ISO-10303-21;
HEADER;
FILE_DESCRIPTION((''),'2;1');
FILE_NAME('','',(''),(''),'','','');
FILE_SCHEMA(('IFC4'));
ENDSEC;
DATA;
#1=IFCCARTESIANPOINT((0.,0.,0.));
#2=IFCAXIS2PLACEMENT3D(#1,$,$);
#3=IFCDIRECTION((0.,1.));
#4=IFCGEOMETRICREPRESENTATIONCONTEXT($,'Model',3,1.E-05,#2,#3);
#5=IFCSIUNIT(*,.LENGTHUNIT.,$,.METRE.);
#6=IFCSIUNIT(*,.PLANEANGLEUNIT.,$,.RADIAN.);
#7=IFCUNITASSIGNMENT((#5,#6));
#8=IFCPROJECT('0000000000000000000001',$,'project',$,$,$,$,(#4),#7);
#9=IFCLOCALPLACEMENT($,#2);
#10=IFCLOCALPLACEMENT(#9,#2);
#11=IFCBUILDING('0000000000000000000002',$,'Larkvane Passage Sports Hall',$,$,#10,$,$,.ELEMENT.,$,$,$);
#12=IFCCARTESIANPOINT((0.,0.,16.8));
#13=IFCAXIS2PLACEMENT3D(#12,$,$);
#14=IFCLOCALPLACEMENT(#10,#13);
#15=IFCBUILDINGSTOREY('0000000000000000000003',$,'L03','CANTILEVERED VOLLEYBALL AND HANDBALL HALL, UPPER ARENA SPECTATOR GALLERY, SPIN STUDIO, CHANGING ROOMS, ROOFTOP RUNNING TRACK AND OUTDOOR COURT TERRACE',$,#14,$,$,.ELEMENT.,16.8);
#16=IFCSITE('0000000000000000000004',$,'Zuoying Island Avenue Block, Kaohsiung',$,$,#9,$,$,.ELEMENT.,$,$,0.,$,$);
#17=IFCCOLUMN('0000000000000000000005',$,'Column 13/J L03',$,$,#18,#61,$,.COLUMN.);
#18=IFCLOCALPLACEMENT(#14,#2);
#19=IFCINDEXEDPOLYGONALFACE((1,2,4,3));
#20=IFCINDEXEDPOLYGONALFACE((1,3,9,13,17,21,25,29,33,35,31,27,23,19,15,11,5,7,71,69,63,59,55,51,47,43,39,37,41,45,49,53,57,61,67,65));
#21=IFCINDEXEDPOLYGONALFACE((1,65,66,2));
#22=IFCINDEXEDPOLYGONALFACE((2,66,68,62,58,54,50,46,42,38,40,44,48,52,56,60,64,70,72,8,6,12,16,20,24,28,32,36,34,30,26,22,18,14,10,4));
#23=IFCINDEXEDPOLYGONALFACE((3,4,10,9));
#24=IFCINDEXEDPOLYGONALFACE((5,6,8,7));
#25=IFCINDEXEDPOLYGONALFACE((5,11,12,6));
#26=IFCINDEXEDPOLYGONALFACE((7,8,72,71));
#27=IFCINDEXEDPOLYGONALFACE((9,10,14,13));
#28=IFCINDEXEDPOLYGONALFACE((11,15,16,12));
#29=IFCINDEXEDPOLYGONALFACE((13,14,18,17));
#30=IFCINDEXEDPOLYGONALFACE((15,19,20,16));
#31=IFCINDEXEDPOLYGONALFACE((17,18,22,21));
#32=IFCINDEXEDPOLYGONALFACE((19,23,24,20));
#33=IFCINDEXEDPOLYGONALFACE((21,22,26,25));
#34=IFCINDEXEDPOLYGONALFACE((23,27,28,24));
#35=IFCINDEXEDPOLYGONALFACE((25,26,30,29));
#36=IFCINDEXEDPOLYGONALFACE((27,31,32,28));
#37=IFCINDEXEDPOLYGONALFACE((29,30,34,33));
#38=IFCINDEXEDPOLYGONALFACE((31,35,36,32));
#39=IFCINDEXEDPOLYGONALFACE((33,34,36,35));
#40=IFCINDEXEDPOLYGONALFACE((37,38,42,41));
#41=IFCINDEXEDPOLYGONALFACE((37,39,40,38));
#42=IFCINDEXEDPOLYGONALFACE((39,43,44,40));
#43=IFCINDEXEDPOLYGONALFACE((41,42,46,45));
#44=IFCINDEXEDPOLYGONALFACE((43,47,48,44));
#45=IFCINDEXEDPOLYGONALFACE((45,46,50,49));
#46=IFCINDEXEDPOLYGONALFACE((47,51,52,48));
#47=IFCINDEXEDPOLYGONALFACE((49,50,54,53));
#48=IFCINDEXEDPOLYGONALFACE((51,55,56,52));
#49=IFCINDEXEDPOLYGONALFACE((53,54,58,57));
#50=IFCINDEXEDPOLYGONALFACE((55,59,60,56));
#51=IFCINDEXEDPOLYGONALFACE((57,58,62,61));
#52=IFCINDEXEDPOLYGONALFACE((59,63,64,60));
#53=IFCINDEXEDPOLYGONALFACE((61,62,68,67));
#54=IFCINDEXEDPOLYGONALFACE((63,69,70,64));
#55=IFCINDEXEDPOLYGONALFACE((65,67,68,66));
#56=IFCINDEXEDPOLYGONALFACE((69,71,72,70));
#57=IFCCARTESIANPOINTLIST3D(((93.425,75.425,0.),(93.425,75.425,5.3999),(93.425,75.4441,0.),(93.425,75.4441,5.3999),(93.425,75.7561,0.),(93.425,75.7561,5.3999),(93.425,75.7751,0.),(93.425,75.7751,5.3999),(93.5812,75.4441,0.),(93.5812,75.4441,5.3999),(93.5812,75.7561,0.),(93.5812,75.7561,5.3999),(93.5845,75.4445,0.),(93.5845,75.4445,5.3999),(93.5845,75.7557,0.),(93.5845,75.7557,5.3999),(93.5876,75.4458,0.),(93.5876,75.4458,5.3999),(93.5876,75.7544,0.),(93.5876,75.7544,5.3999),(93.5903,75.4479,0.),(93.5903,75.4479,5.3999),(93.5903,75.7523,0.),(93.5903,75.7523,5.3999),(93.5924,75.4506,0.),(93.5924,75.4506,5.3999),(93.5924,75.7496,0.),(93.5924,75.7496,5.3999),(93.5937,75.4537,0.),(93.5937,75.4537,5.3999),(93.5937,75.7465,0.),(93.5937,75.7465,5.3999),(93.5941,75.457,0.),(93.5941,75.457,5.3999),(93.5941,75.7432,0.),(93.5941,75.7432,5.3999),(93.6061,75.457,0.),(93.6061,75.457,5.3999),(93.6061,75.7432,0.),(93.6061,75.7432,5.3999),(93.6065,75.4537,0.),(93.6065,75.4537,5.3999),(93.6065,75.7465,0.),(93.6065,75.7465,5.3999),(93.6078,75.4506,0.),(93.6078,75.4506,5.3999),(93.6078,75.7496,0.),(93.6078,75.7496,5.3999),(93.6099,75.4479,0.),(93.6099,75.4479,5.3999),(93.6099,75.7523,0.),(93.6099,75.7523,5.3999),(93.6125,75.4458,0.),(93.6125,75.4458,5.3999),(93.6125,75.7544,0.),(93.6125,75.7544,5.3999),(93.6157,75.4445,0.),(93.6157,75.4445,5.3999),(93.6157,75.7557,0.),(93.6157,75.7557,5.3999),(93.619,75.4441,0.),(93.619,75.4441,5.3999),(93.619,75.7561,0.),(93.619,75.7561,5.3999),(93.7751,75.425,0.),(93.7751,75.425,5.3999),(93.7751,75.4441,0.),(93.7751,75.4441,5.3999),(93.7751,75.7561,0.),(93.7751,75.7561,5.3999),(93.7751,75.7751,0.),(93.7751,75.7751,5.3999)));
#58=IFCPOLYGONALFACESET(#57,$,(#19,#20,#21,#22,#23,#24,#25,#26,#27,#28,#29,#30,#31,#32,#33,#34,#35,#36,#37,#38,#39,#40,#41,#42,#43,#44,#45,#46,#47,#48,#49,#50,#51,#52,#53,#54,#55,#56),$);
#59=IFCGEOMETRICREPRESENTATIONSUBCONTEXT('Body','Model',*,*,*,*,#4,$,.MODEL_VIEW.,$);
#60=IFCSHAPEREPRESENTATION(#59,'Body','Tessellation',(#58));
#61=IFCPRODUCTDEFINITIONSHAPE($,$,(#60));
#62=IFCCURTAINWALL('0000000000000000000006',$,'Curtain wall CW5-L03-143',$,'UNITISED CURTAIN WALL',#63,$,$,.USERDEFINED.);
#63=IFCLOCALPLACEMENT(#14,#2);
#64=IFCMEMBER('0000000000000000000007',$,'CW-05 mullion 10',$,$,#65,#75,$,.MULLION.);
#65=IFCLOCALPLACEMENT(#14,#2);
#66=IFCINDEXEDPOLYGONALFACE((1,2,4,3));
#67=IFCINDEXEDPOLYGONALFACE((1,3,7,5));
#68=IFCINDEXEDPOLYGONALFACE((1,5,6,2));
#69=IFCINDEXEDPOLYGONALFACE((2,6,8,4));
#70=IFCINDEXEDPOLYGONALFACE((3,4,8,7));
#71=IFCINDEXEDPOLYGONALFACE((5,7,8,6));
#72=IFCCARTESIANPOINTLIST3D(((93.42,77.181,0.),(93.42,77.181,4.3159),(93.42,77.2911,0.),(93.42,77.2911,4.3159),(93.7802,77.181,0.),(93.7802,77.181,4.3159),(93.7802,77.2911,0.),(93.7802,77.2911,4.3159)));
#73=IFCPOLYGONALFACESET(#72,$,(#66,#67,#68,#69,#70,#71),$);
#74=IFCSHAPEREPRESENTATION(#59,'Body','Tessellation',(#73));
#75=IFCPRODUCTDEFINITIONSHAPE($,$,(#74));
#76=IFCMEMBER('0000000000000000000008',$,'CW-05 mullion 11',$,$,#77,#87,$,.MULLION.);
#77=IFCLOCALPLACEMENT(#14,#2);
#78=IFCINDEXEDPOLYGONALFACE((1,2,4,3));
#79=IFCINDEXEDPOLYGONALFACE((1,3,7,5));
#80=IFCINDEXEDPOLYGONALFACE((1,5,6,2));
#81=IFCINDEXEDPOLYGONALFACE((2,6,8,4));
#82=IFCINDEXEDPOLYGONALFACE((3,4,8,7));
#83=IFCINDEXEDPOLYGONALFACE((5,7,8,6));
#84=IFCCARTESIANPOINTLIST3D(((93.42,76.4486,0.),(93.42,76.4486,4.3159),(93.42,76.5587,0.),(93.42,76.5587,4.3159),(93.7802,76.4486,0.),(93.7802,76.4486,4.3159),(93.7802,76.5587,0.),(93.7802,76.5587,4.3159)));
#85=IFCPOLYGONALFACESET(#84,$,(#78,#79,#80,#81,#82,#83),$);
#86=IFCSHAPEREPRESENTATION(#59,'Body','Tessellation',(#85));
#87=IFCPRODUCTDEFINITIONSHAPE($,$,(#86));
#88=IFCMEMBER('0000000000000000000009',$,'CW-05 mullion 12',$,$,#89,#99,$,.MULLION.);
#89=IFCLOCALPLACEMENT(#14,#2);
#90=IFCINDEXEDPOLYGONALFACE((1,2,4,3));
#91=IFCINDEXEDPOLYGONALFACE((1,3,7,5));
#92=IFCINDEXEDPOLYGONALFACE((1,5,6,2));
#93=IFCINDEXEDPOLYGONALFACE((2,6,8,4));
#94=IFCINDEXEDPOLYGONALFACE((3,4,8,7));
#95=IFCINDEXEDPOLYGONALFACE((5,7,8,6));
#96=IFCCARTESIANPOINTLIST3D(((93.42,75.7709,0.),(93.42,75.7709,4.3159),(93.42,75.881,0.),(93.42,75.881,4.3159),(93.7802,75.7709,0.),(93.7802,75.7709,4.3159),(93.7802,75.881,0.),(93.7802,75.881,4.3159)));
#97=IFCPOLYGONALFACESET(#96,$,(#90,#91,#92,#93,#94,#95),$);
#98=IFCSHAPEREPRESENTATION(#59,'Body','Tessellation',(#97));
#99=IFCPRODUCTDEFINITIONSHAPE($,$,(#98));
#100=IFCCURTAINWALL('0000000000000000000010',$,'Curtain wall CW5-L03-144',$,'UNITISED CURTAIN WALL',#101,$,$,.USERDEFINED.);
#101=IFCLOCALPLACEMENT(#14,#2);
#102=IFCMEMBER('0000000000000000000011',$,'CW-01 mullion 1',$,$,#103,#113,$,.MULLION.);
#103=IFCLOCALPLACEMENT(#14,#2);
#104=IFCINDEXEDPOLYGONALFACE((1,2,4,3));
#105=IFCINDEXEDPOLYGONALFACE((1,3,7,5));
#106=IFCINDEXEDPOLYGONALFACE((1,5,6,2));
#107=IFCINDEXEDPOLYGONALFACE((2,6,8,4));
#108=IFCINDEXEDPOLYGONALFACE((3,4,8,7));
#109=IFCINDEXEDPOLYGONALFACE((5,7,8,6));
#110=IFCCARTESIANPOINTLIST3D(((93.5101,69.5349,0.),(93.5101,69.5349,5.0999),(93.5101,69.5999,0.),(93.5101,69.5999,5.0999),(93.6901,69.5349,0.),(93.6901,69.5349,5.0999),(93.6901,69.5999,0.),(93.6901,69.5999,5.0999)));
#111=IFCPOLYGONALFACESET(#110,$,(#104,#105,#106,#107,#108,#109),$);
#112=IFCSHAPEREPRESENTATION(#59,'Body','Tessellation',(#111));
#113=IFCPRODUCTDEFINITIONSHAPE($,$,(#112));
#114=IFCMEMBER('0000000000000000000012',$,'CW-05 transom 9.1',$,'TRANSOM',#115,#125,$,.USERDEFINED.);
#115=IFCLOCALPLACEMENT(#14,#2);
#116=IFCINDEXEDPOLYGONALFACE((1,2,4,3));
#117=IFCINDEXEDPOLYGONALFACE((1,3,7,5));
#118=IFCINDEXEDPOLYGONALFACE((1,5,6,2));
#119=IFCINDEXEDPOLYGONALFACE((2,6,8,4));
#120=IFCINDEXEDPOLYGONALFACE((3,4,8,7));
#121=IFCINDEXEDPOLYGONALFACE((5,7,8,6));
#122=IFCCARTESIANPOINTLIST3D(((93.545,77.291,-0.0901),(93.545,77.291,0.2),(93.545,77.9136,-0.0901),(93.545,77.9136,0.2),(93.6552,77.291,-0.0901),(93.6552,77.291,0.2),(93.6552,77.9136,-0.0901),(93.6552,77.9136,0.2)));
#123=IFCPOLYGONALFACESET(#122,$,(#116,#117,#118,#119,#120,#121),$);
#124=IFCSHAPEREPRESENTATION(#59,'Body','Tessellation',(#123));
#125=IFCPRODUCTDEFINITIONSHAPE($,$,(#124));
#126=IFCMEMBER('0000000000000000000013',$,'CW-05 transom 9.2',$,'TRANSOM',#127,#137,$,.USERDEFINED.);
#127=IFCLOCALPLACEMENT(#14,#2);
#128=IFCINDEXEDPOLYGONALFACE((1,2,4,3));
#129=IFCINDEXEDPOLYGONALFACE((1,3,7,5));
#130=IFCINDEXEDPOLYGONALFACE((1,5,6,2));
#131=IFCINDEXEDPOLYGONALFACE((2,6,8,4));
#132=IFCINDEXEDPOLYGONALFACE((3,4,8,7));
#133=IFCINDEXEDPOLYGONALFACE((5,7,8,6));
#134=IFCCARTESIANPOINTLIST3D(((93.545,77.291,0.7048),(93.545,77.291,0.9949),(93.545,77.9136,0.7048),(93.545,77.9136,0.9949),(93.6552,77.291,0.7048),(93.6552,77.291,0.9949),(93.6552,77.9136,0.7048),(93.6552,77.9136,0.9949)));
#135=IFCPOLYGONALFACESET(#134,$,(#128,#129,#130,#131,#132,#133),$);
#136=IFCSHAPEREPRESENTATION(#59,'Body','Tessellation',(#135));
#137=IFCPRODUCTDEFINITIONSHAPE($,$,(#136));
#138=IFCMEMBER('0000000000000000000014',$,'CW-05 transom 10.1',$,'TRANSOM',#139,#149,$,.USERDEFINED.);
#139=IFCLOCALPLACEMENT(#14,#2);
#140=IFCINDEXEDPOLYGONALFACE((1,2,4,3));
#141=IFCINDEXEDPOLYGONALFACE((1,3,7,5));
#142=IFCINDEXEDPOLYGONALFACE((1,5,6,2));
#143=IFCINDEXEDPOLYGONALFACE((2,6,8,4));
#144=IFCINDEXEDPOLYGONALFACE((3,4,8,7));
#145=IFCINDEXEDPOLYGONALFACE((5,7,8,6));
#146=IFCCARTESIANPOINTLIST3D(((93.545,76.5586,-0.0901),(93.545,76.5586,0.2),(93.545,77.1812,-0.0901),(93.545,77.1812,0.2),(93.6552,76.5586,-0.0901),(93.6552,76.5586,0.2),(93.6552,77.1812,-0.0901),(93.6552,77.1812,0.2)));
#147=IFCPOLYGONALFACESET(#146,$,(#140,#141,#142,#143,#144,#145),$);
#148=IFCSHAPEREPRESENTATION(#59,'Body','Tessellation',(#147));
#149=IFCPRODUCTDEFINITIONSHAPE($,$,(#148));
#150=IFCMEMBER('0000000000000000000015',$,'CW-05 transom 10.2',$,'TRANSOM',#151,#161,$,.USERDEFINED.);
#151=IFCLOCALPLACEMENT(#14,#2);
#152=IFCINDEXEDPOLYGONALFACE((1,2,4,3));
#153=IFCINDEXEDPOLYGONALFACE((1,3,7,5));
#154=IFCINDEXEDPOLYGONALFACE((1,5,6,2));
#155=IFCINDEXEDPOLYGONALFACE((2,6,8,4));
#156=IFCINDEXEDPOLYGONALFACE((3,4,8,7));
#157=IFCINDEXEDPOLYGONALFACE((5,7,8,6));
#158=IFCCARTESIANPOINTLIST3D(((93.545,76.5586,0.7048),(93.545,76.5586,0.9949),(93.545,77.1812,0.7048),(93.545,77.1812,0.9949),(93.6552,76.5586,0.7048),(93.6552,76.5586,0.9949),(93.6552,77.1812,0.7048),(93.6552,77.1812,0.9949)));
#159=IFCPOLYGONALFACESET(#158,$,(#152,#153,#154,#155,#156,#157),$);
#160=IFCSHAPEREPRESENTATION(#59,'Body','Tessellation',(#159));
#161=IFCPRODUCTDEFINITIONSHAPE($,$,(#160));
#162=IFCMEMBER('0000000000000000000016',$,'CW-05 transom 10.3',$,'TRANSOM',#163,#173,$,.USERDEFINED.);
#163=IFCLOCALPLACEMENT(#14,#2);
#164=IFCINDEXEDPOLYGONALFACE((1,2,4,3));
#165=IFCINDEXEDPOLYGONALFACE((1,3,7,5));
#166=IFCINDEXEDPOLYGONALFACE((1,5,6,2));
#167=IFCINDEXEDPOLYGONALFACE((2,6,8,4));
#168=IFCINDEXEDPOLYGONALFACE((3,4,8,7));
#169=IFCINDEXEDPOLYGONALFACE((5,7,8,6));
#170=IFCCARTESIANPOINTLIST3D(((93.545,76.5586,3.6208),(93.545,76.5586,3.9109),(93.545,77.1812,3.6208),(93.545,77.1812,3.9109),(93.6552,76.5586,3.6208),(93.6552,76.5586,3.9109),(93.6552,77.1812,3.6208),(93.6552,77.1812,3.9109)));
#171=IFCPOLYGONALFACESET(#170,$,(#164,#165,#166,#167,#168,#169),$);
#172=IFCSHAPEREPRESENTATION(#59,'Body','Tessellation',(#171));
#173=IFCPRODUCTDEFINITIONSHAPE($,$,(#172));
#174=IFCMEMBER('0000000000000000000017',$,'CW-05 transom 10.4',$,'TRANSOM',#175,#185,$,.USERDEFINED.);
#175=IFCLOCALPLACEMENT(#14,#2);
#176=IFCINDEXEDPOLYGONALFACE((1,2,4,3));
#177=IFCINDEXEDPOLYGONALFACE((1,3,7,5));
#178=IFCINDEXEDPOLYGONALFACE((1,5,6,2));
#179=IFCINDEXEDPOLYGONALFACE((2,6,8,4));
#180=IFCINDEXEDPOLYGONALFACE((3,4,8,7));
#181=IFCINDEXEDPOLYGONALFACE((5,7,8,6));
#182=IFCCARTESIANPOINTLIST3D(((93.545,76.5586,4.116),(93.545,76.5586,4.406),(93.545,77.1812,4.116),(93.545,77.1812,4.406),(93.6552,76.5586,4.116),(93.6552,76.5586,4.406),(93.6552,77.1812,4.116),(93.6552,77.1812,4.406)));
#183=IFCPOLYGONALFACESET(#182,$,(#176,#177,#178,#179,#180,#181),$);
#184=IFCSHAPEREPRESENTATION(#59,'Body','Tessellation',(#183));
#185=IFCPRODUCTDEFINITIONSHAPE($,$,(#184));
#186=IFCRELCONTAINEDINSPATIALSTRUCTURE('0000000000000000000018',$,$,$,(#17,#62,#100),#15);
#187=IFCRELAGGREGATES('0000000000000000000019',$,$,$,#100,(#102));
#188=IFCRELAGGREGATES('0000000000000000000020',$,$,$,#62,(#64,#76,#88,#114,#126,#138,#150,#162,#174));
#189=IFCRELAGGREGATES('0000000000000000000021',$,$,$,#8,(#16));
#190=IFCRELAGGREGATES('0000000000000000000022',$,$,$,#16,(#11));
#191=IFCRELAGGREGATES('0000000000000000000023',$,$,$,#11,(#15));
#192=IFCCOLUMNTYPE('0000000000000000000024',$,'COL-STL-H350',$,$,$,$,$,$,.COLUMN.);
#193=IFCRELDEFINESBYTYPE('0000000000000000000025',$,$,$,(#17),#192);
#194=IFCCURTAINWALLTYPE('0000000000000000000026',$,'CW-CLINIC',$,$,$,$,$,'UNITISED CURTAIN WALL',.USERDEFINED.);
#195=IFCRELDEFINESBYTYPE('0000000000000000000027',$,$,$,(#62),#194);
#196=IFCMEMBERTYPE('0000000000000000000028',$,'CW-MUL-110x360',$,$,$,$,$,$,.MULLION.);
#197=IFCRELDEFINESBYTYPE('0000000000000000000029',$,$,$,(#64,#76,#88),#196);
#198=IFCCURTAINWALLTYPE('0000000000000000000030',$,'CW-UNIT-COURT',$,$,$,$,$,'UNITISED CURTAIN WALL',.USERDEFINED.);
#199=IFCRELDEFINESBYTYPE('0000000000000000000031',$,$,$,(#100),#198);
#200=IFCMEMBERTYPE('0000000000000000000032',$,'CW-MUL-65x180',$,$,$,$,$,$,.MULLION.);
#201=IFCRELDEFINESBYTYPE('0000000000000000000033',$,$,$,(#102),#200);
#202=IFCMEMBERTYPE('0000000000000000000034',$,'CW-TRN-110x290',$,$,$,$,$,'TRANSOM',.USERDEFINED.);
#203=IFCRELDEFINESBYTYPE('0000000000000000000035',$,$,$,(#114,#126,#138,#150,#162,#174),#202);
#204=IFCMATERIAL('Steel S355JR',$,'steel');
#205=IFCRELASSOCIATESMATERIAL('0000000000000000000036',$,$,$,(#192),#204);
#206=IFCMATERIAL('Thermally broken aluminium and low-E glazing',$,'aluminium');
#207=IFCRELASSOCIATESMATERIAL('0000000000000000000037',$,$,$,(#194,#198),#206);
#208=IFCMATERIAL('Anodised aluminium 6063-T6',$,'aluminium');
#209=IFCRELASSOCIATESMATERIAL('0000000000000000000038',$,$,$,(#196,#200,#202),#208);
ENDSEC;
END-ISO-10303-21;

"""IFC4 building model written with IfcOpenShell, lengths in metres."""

from ifc_helpers import new_model, si_unit, direction, frame, origin, origin_2d, place, context, subcontext, project, spatial, rectangle, i_section, extrude, material, material_profile, profile_set, type_object, element, aggregate, save


model = new_model("IFC4")

# Units and contexts
model_context = context("Model", 3, precision=1e-05, world=origin(), true_north=direction((0.0, 1.0)))
body_context = subcontext(model_context, "Body", "Model", "MODEL_VIEW")
ifc_project = project(units=[si_unit("LENGTHUNIT", "METRE"), si_unit("PLANEANGLEUNIT", "RADIAN")], contexts=[model_context])

# Site, building, storey
site_placement = place(None, origin())
site = spatial("IfcSite", under=ifc_project, at=site_placement, Name="Zuoying Island Avenue Block, Kaohsiung", CompositionType="ELEMENT", RefElevation=0.0)
building_placement = place(site_placement, origin())
building = spatial("IfcBuilding", under=site, at=building_placement, Name="Larkvane Passage Sports Hall", CompositionType="ELEMENT")
storey_placement = place(building_placement, frame((0.0, 0.0, 16.8)))
storey = spatial("IfcBuildingStorey", under=building, at=storey_placement, Name="L03", Description="CANTILEVERED VOLLEYBALL AND HANDBALL HALL, UPPER ARENA SPECTATOR GALLERY, SPIN STUDIO, CHANGING ROOMS, ROOFTOP RUNNING TRACK AND OUTDOOR COURT TERRACE", CompositionType="ELEMENT", Elevation=16.8)

# Column
ifc_material_1 = material(Name="Steel S355JR", Category="steel")
ifc_material_profile_1 = material_profile(ifc_material_1, i_section(OverallWidth=0.3501, OverallDepth=0.3501, WebThickness=0.012, FlangeThickness=0.019, FilletRadius=0.0129, at=origin_2d()), Name="H-350x350x12x19")
ifc_profile_set_1 = profile_set([ifc_material_profile_1], Name="Steel S355JR")
column_type = type_object("IfcColumnType", Name="COL-STL-H350", PredefinedType="COLUMN", material=ifc_profile_set_1)
column_placement = place(storey_placement, frame((93.6001, 75.6001, 0.0), z_axis=(0.0, 0.0, 1.0), x_axis=(1.0, 0.0, 0.0)))
element("IfcColumn", 1, at=column_placement, inside=storey, type_object=column_type, Name="Column 13/J L03", PredefinedType="COLUMN", context=body_context, shape_type="SweptSolid", body=[
    extrude(i_section(OverallWidth=0.3501, OverallDepth=0.3501, WebThickness=0.012, FlangeThickness=0.019, FilletRadius=0.0129, at=origin_2d()), origin(), (0.0, 0.0, 1.0), 5.3999),
])

# Curtain wall, members
ifc_material_2 = material(Name="Thermally broken aluminium and low-E glazing", Category="aluminium")
curtain_wall_type_1 = type_object("IfcCurtainWallType", Name="CW-CLINIC", ElementType="UNITISED CURTAIN WALL", PredefinedType="USERDEFINED", material=ifc_material_2)
curtain_wall_1_placement = place(storey_placement, origin())
curtain_wall_1 = element("IfcCurtainWall", 2, at=curtain_wall_1_placement, inside=storey, type_object=curtain_wall_type_1, Name="Curtain wall CW5-L03-143", ObjectType="UNITISED CURTAIN WALL", PredefinedType="USERDEFINED")
ifc_material_3 = material(Name="Anodised aluminium 6063-T6", Category="aluminium")
ifc_material_profile_2 = material_profile(ifc_material_3, rectangle(XDim=0.1101, YDim=0.3601, at=origin_2d()), Name="ALU-MUL-110x360")
ifc_profile_set_2 = profile_set([ifc_material_profile_2], Name="Anodised aluminium 6063-T6")
member_type_1 = type_object("IfcMemberType", Name="CW-MUL-110x360", PredefinedType="MULLION", material=ifc_profile_set_2)
member_1_placement = place(storey_placement, frame((93.6001, 77.2361, 0.0), z_axis=(0.0, 0.0, 1.0), x_axis=(0.0, -1.0, 0.0)))
member_1 = element("IfcMember", 3, at=member_1_placement, type_object=member_type_1, Name="CW-05 mullion 10", PredefinedType="MULLION", context=body_context, shape_type="SweptSolid", body=[
    extrude(rectangle(XDim=0.1101, YDim=0.3601, at=origin_2d()), origin(), (0.0, 0.0, 1.0), 4.3159),
])
member_2_placement = place(storey_placement, frame((93.6001, 76.5037, 0.0), z_axis=(0.0, 0.0, 1.0), x_axis=(0.0, -1.0, 0.0)))
member_2 = element("IfcMember", 4, at=member_2_placement, type_object=member_type_1, Name="CW-05 mullion 11", PredefinedType="MULLION", context=body_context, shape_type="SweptSolid", body=[
    extrude(rectangle(XDim=0.1101, YDim=0.3601, at=origin_2d()), origin(), (0.0, 0.0, 1.0), 4.3159),
])
member_3_placement = place(storey_placement, frame((93.6001, 75.8259, 0.0), z_axis=(0.0, 0.0, 1.0), x_axis=(0.0, -1.0, 0.0)))
member_3 = element("IfcMember", 5, at=member_3_placement, type_object=member_type_1, Name="CW-05 mullion 12", PredefinedType="MULLION", context=body_context, shape_type="SweptSolid", body=[
    extrude(rectangle(XDim=0.1101, YDim=0.3601, at=origin_2d()), origin(), (0.0, 0.0, 1.0), 4.3159),
])

# Curtain wall, member
curtain_wall_type_2 = type_object("IfcCurtainWallType", Name="CW-UNIT-COURT", ElementType="UNITISED CURTAIN WALL", PredefinedType="USERDEFINED", material=ifc_material_2)
curtain_wall_2_placement = place(storey_placement, origin())
curtain_wall_2 = element("IfcCurtainWall", 6, at=curtain_wall_2_placement, inside=storey, type_object=curtain_wall_type_2, Name="Curtain wall CW5-L03-144", ObjectType="UNITISED CURTAIN WALL", PredefinedType="USERDEFINED")
ifc_material_profile_3 = material_profile(ifc_material_3, rectangle(XDim=0.0649, YDim=0.1799, at=origin_2d()), Name="ALU-MUL-65x180")
ifc_profile_set_3 = profile_set([ifc_material_profile_3], Name="Anodised aluminium 6063-T6")
member_type_2 = type_object("IfcMemberType", Name="CW-MUL-65x180", PredefinedType="MULLION", material=ifc_profile_set_3)
member_4_placement = place(storey_placement, frame((93.6001, 69.5674, 0.0), z_axis=(0.0, 0.0, 1.0), x_axis=(0.0, -1.0, 0.0)))
member_4 = element("IfcMember", 7, at=member_4_placement, type_object=member_type_2, Name="CW-01 mullion 1", PredefinedType="MULLION", context=body_context, shape_type="SweptSolid", body=[
    extrude(rectangle(XDim=0.0649, YDim=0.1799, at=origin_2d()), origin(), (0.0, 0.0, 1.0), 5.0999),
])

# Members
ifc_material_profile_4 = material_profile(ifc_material_3, rectangle(XDim=0.1101, YDim=0.29, at=origin_2d()), Name="ALU-TRN-110x290")
ifc_profile_set_4 = profile_set([ifc_material_profile_4], Name="Anodised aluminium 6063-T6")
member_type_3 = type_object("IfcMemberType", Name="CW-TRN-110x290", ElementType="TRANSOM", PredefinedType="USERDEFINED", material=ifc_profile_set_4)
member_5_placement = place(storey_placement, frame((93.6001, 77.9136, 0.0549), z_axis=(0.0, -1.0, 0.0), x_axis=(1.0, 0.0, 0.0)))
member_5 = element("IfcMember", 8, at=member_5_placement, type_object=member_type_3, Name="CW-05 transom 9.1", ObjectType="TRANSOM", PredefinedType="USERDEFINED", context=body_context, shape_type="SweptSolid", body=[
    extrude(rectangle(XDim=0.1101, YDim=0.29, at=origin_2d()), origin(), (0.0, 0.0, 1.0), 0.6226),
])
member_6_placement = place(storey_placement, frame((93.6001, 77.9136, 0.8499), z_axis=(0.0, -1.0, 0.0), x_axis=(1.0, 0.0, 0.0)))
member_6 = element("IfcMember", 9, at=member_6_placement, type_object=member_type_3, Name="CW-05 transom 9.2", ObjectType="TRANSOM", PredefinedType="USERDEFINED", context=body_context, shape_type="SweptSolid", body=[
    extrude(rectangle(XDim=0.1101, YDim=0.29, at=origin_2d()), origin(), (0.0, 0.0, 1.0), 0.6226),
])
member_7_placement = place(storey_placement, frame((93.6001, 77.1812, 0.0549), z_axis=(0.0, -1.0, 0.0), x_axis=(1.0, 0.0, 0.0)))
member_7 = element("IfcMember", 10, at=member_7_placement, type_object=member_type_3, Name="CW-05 transom 10.1", ObjectType="TRANSOM", PredefinedType="USERDEFINED", context=body_context, shape_type="SweptSolid", body=[
    extrude(rectangle(XDim=0.1101, YDim=0.29, at=origin_2d()), origin(), (0.0, 0.0, 1.0), 0.6226),
])
member_8_placement = place(storey_placement, frame((93.6001, 77.1812, 0.8499), z_axis=(0.0, -1.0, 0.0), x_axis=(1.0, 0.0, 0.0)))
member_8 = element("IfcMember", 11, at=member_8_placement, type_object=member_type_3, Name="CW-05 transom 10.2", ObjectType="TRANSOM", PredefinedType="USERDEFINED", context=body_context, shape_type="SweptSolid", body=[
    extrude(rectangle(XDim=0.1101, YDim=0.29, at=origin_2d()), origin(), (0.0, 0.0, 1.0), 0.6226),
])
member_9_placement = place(storey_placement, frame((93.6001, 77.1812, 3.7659), z_axis=(0.0, -1.0, 0.0), x_axis=(1.0, 0.0, 0.0)))
member_9 = element("IfcMember", 12, at=member_9_placement, type_object=member_type_3, Name="CW-05 transom 10.3", ObjectType="TRANSOM", PredefinedType="USERDEFINED", context=body_context, shape_type="SweptSolid", body=[
    extrude(rectangle(XDim=0.1101, YDim=0.29, at=origin_2d()), origin(), (0.0, 0.0, 1.0), 0.6226),
])
member_10_placement = place(storey_placement, frame((93.6001, 77.1812, 4.261), z_axis=(0.0, -1.0, 0.0), x_axis=(1.0, 0.0, 0.0)))
member_10 = element("IfcMember", 13, at=member_10_placement, type_object=member_type_3, Name="CW-05 transom 10.4", ObjectType="TRANSOM", PredefinedType="USERDEFINED", context=body_context, shape_type="SweptSolid", body=[
    extrude(rectangle(XDim=0.1101, YDim=0.29, at=origin_2d()), origin(), (0.0, 0.0, 1.0), 0.6226),
])

aggregate(curtain_wall_2, [member_4])
aggregate(curtain_wall_1, [member_1, member_2, member_3, member_5, member_6, member_7, member_8, member_9, member_10])

save(model, "model.ifc")
